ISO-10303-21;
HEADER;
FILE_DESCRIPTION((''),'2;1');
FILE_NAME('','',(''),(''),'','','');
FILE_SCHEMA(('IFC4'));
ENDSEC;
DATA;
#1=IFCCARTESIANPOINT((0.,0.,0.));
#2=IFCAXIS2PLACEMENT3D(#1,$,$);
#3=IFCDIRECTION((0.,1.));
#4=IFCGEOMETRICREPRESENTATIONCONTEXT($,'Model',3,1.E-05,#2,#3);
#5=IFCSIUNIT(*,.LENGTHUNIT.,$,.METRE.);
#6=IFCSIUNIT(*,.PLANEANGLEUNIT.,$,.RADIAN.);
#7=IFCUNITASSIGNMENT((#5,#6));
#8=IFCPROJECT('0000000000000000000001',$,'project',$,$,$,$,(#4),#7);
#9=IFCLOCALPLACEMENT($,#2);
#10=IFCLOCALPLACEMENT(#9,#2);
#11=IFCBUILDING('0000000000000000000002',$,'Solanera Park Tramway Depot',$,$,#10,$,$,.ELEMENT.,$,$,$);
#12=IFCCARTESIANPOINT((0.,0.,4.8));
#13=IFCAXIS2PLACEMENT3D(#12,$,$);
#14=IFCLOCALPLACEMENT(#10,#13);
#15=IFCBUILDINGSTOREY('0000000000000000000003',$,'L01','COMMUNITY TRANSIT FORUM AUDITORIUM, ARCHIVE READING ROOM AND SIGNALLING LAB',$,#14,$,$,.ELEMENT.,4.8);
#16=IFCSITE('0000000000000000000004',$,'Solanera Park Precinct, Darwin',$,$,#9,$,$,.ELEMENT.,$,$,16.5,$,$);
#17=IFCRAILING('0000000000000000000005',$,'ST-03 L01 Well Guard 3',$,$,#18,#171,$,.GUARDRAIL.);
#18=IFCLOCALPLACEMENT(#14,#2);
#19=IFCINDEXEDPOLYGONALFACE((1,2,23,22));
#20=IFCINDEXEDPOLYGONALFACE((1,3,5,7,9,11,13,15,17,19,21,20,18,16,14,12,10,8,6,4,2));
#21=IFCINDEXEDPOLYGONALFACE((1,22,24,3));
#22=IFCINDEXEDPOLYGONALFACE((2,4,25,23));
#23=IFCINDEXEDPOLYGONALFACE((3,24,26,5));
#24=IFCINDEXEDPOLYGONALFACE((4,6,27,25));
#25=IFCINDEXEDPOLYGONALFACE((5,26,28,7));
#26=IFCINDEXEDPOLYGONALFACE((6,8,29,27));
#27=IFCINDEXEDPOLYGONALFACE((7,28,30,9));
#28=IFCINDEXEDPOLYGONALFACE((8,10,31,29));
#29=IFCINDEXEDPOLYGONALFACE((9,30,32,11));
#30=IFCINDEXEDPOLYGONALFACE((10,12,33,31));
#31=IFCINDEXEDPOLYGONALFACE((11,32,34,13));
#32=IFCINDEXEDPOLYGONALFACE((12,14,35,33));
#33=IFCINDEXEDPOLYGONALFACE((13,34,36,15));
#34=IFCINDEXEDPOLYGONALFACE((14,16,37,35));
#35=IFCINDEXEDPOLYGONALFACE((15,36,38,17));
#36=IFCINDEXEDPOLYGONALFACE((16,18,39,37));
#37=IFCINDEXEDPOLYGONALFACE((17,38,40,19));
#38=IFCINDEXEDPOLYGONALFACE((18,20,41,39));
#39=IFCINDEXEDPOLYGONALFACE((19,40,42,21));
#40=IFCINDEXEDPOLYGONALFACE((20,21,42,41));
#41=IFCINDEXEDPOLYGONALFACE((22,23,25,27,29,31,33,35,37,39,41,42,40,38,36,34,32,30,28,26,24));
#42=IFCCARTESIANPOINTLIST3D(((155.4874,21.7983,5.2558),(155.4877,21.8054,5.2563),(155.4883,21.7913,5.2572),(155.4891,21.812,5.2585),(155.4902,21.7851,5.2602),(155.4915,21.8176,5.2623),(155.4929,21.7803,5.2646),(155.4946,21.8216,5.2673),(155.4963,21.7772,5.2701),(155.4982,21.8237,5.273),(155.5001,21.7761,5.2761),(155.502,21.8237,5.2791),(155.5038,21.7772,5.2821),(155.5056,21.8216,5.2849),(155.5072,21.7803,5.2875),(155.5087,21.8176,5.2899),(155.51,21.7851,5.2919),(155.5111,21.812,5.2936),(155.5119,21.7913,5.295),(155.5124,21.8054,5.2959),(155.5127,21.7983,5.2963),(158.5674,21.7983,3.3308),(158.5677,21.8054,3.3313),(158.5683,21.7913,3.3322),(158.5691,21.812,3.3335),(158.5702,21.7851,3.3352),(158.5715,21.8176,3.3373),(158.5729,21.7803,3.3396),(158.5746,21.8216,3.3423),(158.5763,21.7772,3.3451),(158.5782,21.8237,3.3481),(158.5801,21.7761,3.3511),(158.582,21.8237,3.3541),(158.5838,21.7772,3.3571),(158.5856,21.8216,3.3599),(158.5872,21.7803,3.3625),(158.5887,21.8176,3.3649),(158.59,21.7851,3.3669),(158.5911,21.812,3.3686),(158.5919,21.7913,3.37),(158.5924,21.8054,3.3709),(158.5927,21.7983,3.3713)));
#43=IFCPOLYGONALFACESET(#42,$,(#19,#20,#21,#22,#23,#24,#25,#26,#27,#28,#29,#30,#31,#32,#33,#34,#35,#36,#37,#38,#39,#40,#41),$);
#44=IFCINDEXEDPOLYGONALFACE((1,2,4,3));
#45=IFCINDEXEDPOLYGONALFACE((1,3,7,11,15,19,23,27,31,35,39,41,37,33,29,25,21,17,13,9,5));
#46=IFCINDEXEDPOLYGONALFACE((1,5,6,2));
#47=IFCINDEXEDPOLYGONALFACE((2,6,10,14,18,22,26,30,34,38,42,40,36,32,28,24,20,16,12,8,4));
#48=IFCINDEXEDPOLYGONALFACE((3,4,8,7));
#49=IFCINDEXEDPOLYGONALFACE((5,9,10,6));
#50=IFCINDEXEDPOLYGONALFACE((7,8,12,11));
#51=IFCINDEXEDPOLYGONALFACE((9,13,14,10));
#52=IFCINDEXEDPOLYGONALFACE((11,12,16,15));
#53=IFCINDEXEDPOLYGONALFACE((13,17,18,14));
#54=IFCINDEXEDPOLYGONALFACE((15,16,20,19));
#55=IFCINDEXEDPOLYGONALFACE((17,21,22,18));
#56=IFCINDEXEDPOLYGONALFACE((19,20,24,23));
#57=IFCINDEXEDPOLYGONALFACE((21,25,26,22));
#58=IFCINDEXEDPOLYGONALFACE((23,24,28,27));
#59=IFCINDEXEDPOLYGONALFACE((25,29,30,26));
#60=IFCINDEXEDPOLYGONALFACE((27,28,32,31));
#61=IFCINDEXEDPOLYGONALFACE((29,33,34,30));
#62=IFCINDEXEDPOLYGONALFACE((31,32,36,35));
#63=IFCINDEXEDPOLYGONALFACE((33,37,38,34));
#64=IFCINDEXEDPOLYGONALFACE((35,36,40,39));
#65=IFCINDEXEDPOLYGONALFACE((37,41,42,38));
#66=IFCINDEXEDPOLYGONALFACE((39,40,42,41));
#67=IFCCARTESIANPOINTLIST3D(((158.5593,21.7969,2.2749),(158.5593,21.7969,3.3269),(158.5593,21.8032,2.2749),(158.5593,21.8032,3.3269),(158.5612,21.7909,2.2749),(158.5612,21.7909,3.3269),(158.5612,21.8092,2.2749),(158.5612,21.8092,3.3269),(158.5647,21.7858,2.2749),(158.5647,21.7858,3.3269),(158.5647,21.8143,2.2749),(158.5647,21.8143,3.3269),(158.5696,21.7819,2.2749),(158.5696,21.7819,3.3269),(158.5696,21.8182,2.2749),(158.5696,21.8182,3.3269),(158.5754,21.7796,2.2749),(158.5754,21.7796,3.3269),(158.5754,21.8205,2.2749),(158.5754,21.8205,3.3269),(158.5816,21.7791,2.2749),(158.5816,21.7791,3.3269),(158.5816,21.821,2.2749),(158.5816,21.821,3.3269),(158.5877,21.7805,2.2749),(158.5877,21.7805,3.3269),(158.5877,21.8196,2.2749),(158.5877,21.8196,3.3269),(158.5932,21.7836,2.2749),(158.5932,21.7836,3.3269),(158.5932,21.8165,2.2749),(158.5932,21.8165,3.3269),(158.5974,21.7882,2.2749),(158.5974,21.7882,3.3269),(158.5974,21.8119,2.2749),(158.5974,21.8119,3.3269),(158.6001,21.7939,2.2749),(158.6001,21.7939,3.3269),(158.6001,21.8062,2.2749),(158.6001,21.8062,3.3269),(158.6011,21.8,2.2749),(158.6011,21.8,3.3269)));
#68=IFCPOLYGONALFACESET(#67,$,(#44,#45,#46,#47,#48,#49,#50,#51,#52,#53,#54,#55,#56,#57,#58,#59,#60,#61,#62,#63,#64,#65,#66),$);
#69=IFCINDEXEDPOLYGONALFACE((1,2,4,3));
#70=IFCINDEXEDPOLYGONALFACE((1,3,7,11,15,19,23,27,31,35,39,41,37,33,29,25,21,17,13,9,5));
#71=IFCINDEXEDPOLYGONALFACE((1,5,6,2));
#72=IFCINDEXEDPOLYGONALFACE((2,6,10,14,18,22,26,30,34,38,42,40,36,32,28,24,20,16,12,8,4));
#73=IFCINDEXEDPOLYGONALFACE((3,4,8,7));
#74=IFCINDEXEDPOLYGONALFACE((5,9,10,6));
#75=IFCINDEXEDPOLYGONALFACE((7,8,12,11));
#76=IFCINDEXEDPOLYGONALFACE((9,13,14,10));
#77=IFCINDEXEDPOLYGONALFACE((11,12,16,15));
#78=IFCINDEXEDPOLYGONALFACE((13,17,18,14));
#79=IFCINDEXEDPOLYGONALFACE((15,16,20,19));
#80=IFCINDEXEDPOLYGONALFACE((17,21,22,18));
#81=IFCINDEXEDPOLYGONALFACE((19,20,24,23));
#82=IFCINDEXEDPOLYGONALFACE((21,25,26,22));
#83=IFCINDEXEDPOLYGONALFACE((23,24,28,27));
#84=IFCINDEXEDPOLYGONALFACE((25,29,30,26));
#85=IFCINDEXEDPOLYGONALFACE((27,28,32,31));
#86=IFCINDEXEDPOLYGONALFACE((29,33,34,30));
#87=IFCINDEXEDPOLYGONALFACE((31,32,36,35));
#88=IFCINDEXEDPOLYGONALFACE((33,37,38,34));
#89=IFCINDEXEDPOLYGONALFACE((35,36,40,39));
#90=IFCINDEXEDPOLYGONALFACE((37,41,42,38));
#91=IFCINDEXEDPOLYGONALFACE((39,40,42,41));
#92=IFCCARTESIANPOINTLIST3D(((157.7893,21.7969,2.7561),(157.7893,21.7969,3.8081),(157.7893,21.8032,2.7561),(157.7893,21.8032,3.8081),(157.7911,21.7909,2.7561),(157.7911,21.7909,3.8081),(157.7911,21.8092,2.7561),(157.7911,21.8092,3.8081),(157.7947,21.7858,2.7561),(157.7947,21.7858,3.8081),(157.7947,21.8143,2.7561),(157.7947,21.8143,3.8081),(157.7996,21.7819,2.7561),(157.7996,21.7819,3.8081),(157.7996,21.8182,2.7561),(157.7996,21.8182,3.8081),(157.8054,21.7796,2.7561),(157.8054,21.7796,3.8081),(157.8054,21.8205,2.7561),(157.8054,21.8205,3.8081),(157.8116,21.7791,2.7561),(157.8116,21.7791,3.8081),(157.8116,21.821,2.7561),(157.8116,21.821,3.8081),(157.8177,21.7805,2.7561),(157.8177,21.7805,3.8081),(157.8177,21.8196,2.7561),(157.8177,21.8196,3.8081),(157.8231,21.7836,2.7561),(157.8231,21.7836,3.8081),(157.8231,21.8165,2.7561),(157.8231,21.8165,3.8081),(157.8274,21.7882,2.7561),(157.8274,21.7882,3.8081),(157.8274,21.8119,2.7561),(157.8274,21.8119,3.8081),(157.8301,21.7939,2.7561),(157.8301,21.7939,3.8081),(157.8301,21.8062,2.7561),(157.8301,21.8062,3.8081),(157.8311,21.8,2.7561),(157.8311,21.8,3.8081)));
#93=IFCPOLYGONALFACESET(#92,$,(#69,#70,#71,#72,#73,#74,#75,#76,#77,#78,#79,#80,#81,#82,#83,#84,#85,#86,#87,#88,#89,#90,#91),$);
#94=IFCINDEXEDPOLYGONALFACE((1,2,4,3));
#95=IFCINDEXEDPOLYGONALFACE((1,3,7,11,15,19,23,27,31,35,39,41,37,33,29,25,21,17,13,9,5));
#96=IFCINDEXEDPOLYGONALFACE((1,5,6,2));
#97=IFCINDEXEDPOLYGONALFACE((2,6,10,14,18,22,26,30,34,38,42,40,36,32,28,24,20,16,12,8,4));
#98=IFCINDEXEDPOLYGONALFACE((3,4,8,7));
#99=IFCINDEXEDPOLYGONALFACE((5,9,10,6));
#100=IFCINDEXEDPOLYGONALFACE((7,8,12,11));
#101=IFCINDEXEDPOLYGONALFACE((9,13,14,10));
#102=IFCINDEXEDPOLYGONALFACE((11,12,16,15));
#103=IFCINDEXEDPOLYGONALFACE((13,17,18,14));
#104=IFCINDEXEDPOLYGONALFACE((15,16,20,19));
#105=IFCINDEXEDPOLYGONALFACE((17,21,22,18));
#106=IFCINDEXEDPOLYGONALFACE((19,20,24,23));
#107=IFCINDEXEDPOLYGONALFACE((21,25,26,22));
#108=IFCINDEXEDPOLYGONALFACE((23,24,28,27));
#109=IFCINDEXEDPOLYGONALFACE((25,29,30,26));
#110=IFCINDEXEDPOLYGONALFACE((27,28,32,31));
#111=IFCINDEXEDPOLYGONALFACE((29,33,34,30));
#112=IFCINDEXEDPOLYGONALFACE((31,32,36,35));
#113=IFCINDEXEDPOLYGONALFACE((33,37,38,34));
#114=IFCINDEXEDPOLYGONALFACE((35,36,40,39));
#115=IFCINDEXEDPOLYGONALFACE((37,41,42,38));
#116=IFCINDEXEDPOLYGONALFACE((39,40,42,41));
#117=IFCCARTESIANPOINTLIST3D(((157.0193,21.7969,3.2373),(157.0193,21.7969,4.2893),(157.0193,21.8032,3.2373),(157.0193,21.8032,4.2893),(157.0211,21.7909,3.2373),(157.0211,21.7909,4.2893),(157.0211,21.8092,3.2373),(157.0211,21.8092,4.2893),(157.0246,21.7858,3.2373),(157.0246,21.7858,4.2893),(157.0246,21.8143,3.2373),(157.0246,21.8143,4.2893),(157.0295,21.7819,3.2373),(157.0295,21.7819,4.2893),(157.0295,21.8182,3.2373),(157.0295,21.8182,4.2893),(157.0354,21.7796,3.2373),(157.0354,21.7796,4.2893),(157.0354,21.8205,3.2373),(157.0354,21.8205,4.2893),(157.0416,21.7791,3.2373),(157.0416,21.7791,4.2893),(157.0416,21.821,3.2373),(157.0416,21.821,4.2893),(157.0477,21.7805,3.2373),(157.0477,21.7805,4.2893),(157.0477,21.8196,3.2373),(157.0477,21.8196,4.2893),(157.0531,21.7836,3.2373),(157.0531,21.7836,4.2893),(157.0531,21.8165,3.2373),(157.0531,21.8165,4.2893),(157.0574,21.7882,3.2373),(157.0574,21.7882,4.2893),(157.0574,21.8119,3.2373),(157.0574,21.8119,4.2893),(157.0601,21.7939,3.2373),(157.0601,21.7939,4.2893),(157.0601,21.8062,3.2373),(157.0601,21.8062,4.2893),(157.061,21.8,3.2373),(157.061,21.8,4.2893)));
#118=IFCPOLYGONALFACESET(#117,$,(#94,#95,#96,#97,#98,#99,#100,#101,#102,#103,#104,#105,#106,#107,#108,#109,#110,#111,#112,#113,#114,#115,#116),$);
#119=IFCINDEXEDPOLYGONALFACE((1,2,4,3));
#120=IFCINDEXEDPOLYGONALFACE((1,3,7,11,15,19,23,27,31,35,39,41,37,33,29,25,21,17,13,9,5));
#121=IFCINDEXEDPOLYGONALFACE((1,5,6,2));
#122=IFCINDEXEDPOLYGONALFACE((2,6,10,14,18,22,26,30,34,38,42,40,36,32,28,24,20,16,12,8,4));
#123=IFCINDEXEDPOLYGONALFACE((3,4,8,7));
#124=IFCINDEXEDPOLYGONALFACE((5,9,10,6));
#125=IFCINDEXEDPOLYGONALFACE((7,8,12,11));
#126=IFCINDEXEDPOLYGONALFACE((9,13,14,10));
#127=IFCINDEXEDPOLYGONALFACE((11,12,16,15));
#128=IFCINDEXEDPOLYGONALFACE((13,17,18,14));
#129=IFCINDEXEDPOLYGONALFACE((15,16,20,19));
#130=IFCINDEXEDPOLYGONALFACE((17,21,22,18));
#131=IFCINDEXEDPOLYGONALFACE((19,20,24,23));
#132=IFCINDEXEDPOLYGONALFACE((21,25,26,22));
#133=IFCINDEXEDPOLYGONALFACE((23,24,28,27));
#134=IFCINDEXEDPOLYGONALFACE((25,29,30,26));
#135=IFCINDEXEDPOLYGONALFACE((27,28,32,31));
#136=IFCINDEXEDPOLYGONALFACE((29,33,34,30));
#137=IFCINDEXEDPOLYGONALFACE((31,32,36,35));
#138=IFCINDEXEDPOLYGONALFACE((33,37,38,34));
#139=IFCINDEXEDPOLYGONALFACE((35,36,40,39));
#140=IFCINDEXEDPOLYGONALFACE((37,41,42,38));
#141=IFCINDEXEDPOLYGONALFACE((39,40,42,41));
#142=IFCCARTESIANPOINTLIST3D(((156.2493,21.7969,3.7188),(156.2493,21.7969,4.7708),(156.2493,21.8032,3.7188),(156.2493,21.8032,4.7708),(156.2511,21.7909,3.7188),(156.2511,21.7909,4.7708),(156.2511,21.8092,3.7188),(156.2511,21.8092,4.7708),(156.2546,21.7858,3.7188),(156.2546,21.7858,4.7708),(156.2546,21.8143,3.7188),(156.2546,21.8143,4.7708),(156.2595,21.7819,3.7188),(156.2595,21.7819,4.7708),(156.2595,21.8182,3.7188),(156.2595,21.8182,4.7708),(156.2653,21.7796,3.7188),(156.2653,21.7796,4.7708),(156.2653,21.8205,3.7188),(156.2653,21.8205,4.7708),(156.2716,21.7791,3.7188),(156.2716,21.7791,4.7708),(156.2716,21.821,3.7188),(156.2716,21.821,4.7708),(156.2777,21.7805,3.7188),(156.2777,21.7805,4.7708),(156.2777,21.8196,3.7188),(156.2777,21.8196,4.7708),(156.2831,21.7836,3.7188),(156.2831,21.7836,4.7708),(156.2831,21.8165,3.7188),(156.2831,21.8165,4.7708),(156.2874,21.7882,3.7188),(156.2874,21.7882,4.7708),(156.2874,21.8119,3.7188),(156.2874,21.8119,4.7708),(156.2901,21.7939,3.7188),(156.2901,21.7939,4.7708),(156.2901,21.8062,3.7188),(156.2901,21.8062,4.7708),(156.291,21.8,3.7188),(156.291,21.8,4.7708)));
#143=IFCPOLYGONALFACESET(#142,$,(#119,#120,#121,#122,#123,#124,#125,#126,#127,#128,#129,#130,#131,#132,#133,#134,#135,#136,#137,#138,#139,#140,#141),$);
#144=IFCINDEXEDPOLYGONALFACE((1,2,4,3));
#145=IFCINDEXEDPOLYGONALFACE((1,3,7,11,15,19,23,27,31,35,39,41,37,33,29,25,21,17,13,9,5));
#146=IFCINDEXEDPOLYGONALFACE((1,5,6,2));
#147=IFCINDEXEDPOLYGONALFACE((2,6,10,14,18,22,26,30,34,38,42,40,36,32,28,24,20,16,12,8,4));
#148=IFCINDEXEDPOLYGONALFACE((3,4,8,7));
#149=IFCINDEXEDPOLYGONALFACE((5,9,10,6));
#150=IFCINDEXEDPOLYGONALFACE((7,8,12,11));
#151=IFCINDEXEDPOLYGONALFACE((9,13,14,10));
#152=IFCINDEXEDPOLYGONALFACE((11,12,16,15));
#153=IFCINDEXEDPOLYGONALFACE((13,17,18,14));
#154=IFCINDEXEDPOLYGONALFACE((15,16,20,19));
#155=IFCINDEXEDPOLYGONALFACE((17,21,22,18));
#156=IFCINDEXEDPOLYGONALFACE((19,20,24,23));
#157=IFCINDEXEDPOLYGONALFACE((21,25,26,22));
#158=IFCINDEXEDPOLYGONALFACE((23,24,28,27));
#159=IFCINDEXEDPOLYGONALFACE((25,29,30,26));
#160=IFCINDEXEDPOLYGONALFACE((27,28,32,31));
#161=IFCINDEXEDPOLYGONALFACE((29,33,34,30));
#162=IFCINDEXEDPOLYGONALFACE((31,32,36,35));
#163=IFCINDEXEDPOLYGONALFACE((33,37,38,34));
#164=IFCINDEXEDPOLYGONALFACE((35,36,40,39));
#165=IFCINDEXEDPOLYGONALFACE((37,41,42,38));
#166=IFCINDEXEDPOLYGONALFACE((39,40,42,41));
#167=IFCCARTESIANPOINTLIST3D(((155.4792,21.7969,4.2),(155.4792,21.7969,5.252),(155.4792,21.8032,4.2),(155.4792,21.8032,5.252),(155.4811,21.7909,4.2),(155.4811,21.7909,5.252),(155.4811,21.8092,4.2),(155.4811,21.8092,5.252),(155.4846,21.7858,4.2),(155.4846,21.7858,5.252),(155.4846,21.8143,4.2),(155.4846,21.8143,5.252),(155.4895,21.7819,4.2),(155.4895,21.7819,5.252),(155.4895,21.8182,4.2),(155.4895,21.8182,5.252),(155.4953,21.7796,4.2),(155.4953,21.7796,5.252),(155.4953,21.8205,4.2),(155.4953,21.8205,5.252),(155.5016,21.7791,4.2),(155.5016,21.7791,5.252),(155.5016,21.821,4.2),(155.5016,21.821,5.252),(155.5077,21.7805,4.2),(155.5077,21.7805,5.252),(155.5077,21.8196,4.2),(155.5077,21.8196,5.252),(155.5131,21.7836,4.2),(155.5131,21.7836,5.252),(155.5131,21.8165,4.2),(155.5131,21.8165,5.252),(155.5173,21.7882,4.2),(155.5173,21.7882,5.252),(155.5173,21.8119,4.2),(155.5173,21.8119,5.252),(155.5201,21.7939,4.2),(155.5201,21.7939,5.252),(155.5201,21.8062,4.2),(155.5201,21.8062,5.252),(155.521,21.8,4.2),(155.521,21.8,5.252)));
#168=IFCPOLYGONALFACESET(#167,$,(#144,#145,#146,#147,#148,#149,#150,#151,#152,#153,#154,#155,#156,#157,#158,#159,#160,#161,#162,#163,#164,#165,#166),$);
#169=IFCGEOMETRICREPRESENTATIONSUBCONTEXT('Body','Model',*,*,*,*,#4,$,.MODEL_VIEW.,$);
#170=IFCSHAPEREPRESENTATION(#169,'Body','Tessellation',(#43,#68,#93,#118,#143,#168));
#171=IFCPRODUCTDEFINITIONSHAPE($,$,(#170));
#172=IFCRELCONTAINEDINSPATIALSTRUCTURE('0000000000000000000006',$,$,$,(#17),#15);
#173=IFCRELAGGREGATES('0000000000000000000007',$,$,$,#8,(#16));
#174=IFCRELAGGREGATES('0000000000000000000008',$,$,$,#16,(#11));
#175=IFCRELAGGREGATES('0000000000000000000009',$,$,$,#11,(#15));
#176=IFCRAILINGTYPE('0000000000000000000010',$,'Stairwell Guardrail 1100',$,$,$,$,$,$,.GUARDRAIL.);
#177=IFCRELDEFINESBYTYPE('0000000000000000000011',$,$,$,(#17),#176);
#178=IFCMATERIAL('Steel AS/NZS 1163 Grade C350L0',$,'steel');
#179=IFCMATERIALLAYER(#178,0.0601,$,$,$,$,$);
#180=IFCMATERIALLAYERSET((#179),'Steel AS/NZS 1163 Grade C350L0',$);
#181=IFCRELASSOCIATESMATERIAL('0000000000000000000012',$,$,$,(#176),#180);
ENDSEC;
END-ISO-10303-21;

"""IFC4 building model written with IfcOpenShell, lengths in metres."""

from ifc_helpers import new_model, si_unit, direction, frame, origin, origin_2d, place, context, subcontext, project, spatial, circle, extrude, material, layer, layer_set, type_object, element, save


model = new_model("IFC4")

# Units and contexts
model_context = context("Model", 3, precision=1e-05, world=origin(), true_north=direction((0.0, 1.0)))
body_context = subcontext(model_context, "Body", "Model", "MODEL_VIEW")
ifc_project = project(units=[si_unit("LENGTHUNIT", "METRE"), si_unit("PLANEANGLEUNIT", "RADIAN")], contexts=[model_context])

# Site, building, storey
site_placement = place(None, origin())
site = spatial("IfcSite", under=ifc_project, at=site_placement, Name="Solanera Park Precinct, Darwin", CompositionType="ELEMENT", RefElevation=16.5)
building_placement = place(site_placement, origin())
building = spatial("IfcBuilding", under=site, at=building_placement, Name="Solanera Park Tramway Depot", CompositionType="ELEMENT")
storey_placement = place(building_placement, frame((0.0, 0.0, 4.8)))
storey = spatial("IfcBuildingStorey", under=building, at=storey_placement, Name="L01", Description="COMMUNITY TRANSIT FORUM AUDITORIUM, ARCHIVE READING ROOM AND SIGNALLING LAB", CompositionType="ELEMENT", Elevation=4.8)

# Railing
ifc_material_1 = material(Name="Steel AS/NZS 1163 Grade C350L0", Category="steel")
ifc_layer_1 = layer(ifc_material_1, 0.0601)
ifc_layer_set_1 = layer_set([ifc_layer_1], Name="Steel AS/NZS 1163 Grade C350L0")
railing_type_1 = type_object("IfcRailingType", Name="Stairwell Guardrail 1100", PredefinedType="GUARDRAIL", material=ifc_layer_set_1)
railing_1_placement = place(storey_placement, frame((158.5801, 21.8, 2.2749)))
element("IfcRailing", 1, at=railing_1_placement, inside=storey, type_object=railing_type_1, Name="ST-03 L01 Well Guard 3", PredefinedType="GUARDRAIL", context=body_context, shape_type="SweptSolid", body=[
    extrude(circle(Radius=0.0239, at=origin_2d()), frame((0.0, 0.0, 1.0762), z_axis=(-0.847998, 0.0, 0.529999), x_axis=(0.0, -1.0, 0.0)), (0.0, 0.0, 1.0), 3.6321),
    extrude(circle(Radius=0.021, at=origin_2d()), origin(), (0.0, 0.0, 1.0), 1.052),
    extrude(circle(Radius=0.021, at=origin_2d()), frame((-0.77, 0.0, 0.4812)), (0.0, 0.0, 1.0), 1.052),
    extrude(circle(Radius=0.021, at=origin_2d()), frame((-1.54, 0.0, 0.9624)), (0.0, 0.0, 1.0), 1.052),
    extrude(circle(Radius=0.021, at=origin_2d()), frame((-2.3101, 0.0, 1.4438)), (0.0, 0.0, 1.0), 1.052),
    extrude(circle(Radius=0.021, at=origin_2d()), frame((-3.0801, 0.0, 1.925)), (0.0, 0.0, 1.0), 1.052),
])

save(model, "model.ifc")
